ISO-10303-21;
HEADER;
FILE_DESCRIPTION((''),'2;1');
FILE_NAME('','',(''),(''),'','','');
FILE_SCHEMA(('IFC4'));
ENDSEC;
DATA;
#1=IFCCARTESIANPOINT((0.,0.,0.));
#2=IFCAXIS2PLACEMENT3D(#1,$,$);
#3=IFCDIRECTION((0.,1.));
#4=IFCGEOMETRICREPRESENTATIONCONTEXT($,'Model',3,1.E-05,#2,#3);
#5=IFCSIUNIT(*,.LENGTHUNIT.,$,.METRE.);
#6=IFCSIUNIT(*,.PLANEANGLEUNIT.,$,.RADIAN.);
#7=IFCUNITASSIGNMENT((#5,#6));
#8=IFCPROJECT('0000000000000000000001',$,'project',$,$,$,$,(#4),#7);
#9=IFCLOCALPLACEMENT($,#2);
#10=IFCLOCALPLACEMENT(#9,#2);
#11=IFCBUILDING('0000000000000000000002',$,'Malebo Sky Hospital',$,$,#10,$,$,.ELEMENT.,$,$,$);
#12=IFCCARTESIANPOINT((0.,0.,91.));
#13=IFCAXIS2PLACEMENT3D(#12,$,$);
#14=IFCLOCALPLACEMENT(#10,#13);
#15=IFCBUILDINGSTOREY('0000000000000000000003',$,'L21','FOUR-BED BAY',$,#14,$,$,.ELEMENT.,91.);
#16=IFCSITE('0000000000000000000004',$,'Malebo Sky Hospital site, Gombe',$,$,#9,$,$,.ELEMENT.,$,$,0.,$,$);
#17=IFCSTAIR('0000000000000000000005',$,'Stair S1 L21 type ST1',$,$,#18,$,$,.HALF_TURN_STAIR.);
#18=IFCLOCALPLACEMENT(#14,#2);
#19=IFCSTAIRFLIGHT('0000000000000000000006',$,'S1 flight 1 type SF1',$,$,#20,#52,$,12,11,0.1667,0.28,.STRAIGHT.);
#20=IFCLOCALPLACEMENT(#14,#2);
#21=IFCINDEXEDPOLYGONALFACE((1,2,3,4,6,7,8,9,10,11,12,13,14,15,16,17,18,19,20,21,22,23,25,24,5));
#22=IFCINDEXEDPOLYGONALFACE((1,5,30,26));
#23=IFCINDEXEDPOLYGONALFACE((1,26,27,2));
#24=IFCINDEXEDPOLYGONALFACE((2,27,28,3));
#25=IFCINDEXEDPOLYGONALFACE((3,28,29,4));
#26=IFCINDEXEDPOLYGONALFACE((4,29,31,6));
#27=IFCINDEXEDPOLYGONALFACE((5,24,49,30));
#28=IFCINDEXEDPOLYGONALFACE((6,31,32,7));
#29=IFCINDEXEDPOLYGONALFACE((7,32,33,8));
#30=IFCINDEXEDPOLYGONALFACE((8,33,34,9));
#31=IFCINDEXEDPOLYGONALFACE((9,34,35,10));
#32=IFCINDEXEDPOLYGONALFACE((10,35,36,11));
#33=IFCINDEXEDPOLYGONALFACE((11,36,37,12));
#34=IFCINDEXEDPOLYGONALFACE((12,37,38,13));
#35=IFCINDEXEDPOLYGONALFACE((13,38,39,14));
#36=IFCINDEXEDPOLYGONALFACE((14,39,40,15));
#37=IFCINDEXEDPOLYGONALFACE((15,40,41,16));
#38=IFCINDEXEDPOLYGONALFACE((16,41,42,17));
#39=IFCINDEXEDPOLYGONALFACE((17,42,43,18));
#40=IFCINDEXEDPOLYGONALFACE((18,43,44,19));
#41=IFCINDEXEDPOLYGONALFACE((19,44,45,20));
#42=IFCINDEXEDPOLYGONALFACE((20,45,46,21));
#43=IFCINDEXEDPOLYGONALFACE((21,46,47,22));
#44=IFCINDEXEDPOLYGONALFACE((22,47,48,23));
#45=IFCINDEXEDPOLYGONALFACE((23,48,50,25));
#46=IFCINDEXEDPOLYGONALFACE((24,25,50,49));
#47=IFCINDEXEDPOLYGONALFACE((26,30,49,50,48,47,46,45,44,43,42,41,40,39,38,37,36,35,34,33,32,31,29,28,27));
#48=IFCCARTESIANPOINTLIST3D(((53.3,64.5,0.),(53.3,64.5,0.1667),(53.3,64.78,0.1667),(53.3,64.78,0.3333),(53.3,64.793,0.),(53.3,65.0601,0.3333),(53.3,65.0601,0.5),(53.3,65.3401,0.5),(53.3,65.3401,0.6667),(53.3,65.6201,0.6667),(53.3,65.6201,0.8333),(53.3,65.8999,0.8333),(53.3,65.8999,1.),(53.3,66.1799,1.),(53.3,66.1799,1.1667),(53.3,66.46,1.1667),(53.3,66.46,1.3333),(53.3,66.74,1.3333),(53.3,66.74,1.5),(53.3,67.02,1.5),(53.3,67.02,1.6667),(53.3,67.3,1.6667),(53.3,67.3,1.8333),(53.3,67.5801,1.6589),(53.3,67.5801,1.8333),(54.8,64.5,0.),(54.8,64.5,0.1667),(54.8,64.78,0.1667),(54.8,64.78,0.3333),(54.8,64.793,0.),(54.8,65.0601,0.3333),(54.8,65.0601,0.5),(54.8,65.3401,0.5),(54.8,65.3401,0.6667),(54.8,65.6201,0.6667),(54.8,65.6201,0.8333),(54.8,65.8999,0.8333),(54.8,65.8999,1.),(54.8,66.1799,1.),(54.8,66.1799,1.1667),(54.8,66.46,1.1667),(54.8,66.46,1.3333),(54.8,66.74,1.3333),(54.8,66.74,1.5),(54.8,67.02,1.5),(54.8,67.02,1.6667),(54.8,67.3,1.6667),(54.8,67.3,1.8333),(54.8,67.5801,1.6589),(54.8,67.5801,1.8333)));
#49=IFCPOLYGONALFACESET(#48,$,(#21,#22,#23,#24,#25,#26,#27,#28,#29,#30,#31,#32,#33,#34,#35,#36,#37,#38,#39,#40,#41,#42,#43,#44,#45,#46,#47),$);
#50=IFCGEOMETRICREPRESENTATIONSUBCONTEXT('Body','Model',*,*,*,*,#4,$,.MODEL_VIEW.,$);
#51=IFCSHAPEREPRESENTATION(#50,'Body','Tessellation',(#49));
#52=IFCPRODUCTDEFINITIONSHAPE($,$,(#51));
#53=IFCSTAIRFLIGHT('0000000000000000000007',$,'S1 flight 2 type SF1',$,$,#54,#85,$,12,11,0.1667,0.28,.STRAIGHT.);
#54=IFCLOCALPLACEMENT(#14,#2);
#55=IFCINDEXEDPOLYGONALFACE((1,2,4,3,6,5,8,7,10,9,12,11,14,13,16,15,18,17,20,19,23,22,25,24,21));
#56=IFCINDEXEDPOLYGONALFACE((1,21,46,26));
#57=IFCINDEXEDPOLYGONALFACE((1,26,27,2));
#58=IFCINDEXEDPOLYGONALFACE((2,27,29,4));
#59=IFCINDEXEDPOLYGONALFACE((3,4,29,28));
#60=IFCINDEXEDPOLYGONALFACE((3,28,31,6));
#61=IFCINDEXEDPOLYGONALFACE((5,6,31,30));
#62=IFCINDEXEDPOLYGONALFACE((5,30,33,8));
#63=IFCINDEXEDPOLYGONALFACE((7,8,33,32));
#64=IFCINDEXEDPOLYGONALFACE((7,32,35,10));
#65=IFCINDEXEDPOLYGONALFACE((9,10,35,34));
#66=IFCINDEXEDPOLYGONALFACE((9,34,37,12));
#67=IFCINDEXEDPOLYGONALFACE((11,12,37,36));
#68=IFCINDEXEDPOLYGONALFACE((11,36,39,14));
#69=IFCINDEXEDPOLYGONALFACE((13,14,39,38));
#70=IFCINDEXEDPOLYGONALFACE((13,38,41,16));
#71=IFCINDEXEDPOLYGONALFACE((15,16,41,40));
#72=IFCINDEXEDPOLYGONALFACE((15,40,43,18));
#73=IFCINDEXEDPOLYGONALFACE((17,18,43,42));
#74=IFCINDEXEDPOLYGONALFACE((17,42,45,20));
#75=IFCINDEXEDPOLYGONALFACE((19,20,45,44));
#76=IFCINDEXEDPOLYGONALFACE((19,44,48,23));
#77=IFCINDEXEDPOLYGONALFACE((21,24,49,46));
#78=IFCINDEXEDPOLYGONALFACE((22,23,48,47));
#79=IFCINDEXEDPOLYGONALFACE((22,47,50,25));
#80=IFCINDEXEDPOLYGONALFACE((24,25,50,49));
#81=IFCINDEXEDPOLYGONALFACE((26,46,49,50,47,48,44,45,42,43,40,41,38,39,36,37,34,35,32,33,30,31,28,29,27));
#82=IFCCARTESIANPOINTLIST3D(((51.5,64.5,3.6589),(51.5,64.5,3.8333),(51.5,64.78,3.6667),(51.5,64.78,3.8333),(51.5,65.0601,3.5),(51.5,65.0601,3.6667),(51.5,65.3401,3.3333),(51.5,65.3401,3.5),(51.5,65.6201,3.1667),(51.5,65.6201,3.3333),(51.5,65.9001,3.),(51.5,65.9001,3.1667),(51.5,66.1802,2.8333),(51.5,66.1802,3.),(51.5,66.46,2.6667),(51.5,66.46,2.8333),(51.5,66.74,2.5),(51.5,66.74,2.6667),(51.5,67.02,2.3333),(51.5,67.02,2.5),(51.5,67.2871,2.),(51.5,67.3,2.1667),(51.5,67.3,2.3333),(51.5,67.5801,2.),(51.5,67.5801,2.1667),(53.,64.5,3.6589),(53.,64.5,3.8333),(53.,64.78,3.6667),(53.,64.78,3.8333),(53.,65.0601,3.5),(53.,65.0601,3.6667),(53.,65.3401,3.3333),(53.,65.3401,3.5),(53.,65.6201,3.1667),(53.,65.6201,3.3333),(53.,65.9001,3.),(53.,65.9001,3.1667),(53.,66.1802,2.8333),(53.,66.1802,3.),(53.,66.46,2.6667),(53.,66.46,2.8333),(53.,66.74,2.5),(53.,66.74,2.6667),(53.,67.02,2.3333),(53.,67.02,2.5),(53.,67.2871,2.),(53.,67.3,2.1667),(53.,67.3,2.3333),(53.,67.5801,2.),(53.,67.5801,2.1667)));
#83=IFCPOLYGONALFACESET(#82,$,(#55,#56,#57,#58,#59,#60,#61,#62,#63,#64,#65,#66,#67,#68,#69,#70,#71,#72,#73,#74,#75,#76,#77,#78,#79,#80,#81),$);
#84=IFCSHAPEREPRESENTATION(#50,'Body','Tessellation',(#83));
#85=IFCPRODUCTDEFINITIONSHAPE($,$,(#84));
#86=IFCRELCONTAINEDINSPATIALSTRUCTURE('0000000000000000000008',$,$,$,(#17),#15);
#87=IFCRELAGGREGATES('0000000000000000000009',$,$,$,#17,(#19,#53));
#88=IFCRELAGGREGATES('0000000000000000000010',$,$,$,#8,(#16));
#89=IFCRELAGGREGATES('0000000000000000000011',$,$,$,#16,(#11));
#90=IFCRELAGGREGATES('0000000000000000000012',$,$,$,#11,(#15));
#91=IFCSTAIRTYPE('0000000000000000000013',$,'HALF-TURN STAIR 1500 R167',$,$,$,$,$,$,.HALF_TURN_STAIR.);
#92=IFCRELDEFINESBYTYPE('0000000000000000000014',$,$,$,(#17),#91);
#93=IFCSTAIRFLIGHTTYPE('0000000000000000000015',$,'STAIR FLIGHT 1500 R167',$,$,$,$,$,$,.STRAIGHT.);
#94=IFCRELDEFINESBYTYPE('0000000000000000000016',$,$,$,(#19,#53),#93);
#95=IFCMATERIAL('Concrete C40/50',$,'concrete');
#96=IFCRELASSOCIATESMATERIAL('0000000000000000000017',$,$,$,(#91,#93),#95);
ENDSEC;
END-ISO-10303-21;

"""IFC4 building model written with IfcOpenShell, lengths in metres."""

from ifc_helpers import new_model, si_unit, direction, frame, origin, place, context, subcontext, project, spatial, polyline, outline, extrude, material, type_object, element, aggregate, save


model = new_model("IFC4")

# Units and contexts
model_context = context("Model", 3, precision=1e-05, world=origin(), true_north=direction((0.0, 1.0)))
body_context = subcontext(model_context, "Body", "Model", "MODEL_VIEW")
ifc_project = project(units=[si_unit("LENGTHUNIT", "METRE"), si_unit("PLANEANGLEUNIT", "RADIAN")], contexts=[model_context])

# Site, building, storey
site_placement = place(None, origin())
site = spatial("IfcSite", under=ifc_project, at=site_placement, Name="Malebo Sky Hospital site, Gombe", CompositionType="ELEMENT", RefElevation=0.0)
building_placement = place(site_placement, origin())
building = spatial("IfcBuilding", under=site, at=building_placement, Name="Malebo Sky Hospital", CompositionType="ELEMENT")
storey_placement = place(building_placement, frame((0.0, 0.0, 91.0)))
storey = spatial("IfcBuildingStorey", under=building, at=storey_placement, Name="L21", Description="FOUR-BED BAY", CompositionType="ELEMENT", Elevation=91.0)

# Stair, stair flights
ifc_material_1 = material(Name="Concrete C40/50", Category="concrete")
stair_type = type_object("IfcStairType", Name="HALF-TURN STAIR 1500 R167", PredefinedType="HALF_TURN_STAIR", material=ifc_material_1)
stair_placement = place(storey_placement, origin())
stair = element("IfcStair", 1, at=stair_placement, inside=storey, type_object=stair_type, Name="Stair S1 L21 type ST1", PredefinedType="HALF_TURN_STAIR")
stair_flight_type = type_object("IfcStairFlightType", Name="STAIR FLIGHT 1500 R167", PredefinedType="STRAIGHT", material=ifc_material_1)
stair_flight_1_placement = place(storey_placement, frame((54.05, 64.5, 0.0), z_axis=(0.0, 0.0, 1.0), x_axis=(0.0, 1.0, 0.0)))
stair_flight_1 = element("IfcStairFlight", 2, at=stair_flight_1_placement, type_object=stair_flight_type, Name="S1 flight 1 type SF1", NumberOfRisers=12, NumberOfTreads=11, PredefinedType="STRAIGHT", RiserHeight=0.1667, TreadLength=0.28, context=body_context, shape_type="SweptSolid", body=[
    extrude(outline(polyline([(0.0, 0.0), (0.0, 0.1667), (0.28, 0.1667), (0.28, 0.3333), (0.5601, 0.3333), (0.5601, 0.5), (0.8401, 0.5), (0.8401, 0.6667), (1.1201, 0.6667), (1.1201, 0.8333), (1.3999, 0.8333), (1.3999, 1.0), (1.6799, 1.0), (1.6799, 1.1667), (1.96, 1.1667), (1.96, 1.3333), (2.24, 1.3333), (2.24, 1.5), (2.52, 1.5), (2.52, 1.6667), (2.8, 1.6667), (2.8, 1.8333), (3.0801, 1.8333), (3.0801, 2.0), (3.0801, 1.6589), (0.293, 0.0), (0.0, 0.0)])), frame((0.0, 0.75, 0.0), z_axis=(0.0, -1.0, 0.0), x_axis=(1.0, 0.0, 0.0)), (0.0, 0.0, 1.0), 1.5),
])
stair_flight_2_placement = place(storey_placement, frame((52.25, 67.5801, 2.0), z_axis=(0.0, 0.0, 1.0), x_axis=(0.0, -1.0, 0.0)))
stair_flight_2 = element("IfcStairFlight", 3, at=stair_flight_2_placement, type_object=stair_flight_type, Name="S1 flight 2 type SF1", NumberOfRisers=12, NumberOfTreads=11, PredefinedType="STRAIGHT", RiserHeight=0.1667, TreadLength=0.28, context=body_context, shape_type="SweptSolid", body=[
    extrude(outline(polyline([(0.0, 0.0), (0.0, 0.1667), (0.28, 0.1667), (0.28, 0.3333), (0.5601, 0.3333), (0.5601, 0.5), (0.8401, 0.5), (0.8401, 0.6667), (1.1201, 0.6667), (1.1201, 0.8333), (1.3999, 0.8333), (1.3999, 1.0), (1.6799, 1.0), (1.6799, 1.1667), (1.96, 1.1667), (1.96, 1.3333), (2.24, 1.3333), (2.24, 1.5), (2.52, 1.5), (2.52, 1.6667), (2.8, 1.6667), (2.8, 1.8333), (3.0801, 1.8333), (3.0801, 2.0), (3.0801, 1.6589), (0.293, 0.0), (0.0, 0.0)])), frame((0.0, 0.75, 0.0), z_axis=(0.0, -1.0, 0.0), x_axis=(1.0, 0.0, 0.0)), (0.0, 0.0, 1.0), 1.5),
])
aggregate(stair, [stair_flight_1, stair_flight_2])

save(model, "model.ifc")
